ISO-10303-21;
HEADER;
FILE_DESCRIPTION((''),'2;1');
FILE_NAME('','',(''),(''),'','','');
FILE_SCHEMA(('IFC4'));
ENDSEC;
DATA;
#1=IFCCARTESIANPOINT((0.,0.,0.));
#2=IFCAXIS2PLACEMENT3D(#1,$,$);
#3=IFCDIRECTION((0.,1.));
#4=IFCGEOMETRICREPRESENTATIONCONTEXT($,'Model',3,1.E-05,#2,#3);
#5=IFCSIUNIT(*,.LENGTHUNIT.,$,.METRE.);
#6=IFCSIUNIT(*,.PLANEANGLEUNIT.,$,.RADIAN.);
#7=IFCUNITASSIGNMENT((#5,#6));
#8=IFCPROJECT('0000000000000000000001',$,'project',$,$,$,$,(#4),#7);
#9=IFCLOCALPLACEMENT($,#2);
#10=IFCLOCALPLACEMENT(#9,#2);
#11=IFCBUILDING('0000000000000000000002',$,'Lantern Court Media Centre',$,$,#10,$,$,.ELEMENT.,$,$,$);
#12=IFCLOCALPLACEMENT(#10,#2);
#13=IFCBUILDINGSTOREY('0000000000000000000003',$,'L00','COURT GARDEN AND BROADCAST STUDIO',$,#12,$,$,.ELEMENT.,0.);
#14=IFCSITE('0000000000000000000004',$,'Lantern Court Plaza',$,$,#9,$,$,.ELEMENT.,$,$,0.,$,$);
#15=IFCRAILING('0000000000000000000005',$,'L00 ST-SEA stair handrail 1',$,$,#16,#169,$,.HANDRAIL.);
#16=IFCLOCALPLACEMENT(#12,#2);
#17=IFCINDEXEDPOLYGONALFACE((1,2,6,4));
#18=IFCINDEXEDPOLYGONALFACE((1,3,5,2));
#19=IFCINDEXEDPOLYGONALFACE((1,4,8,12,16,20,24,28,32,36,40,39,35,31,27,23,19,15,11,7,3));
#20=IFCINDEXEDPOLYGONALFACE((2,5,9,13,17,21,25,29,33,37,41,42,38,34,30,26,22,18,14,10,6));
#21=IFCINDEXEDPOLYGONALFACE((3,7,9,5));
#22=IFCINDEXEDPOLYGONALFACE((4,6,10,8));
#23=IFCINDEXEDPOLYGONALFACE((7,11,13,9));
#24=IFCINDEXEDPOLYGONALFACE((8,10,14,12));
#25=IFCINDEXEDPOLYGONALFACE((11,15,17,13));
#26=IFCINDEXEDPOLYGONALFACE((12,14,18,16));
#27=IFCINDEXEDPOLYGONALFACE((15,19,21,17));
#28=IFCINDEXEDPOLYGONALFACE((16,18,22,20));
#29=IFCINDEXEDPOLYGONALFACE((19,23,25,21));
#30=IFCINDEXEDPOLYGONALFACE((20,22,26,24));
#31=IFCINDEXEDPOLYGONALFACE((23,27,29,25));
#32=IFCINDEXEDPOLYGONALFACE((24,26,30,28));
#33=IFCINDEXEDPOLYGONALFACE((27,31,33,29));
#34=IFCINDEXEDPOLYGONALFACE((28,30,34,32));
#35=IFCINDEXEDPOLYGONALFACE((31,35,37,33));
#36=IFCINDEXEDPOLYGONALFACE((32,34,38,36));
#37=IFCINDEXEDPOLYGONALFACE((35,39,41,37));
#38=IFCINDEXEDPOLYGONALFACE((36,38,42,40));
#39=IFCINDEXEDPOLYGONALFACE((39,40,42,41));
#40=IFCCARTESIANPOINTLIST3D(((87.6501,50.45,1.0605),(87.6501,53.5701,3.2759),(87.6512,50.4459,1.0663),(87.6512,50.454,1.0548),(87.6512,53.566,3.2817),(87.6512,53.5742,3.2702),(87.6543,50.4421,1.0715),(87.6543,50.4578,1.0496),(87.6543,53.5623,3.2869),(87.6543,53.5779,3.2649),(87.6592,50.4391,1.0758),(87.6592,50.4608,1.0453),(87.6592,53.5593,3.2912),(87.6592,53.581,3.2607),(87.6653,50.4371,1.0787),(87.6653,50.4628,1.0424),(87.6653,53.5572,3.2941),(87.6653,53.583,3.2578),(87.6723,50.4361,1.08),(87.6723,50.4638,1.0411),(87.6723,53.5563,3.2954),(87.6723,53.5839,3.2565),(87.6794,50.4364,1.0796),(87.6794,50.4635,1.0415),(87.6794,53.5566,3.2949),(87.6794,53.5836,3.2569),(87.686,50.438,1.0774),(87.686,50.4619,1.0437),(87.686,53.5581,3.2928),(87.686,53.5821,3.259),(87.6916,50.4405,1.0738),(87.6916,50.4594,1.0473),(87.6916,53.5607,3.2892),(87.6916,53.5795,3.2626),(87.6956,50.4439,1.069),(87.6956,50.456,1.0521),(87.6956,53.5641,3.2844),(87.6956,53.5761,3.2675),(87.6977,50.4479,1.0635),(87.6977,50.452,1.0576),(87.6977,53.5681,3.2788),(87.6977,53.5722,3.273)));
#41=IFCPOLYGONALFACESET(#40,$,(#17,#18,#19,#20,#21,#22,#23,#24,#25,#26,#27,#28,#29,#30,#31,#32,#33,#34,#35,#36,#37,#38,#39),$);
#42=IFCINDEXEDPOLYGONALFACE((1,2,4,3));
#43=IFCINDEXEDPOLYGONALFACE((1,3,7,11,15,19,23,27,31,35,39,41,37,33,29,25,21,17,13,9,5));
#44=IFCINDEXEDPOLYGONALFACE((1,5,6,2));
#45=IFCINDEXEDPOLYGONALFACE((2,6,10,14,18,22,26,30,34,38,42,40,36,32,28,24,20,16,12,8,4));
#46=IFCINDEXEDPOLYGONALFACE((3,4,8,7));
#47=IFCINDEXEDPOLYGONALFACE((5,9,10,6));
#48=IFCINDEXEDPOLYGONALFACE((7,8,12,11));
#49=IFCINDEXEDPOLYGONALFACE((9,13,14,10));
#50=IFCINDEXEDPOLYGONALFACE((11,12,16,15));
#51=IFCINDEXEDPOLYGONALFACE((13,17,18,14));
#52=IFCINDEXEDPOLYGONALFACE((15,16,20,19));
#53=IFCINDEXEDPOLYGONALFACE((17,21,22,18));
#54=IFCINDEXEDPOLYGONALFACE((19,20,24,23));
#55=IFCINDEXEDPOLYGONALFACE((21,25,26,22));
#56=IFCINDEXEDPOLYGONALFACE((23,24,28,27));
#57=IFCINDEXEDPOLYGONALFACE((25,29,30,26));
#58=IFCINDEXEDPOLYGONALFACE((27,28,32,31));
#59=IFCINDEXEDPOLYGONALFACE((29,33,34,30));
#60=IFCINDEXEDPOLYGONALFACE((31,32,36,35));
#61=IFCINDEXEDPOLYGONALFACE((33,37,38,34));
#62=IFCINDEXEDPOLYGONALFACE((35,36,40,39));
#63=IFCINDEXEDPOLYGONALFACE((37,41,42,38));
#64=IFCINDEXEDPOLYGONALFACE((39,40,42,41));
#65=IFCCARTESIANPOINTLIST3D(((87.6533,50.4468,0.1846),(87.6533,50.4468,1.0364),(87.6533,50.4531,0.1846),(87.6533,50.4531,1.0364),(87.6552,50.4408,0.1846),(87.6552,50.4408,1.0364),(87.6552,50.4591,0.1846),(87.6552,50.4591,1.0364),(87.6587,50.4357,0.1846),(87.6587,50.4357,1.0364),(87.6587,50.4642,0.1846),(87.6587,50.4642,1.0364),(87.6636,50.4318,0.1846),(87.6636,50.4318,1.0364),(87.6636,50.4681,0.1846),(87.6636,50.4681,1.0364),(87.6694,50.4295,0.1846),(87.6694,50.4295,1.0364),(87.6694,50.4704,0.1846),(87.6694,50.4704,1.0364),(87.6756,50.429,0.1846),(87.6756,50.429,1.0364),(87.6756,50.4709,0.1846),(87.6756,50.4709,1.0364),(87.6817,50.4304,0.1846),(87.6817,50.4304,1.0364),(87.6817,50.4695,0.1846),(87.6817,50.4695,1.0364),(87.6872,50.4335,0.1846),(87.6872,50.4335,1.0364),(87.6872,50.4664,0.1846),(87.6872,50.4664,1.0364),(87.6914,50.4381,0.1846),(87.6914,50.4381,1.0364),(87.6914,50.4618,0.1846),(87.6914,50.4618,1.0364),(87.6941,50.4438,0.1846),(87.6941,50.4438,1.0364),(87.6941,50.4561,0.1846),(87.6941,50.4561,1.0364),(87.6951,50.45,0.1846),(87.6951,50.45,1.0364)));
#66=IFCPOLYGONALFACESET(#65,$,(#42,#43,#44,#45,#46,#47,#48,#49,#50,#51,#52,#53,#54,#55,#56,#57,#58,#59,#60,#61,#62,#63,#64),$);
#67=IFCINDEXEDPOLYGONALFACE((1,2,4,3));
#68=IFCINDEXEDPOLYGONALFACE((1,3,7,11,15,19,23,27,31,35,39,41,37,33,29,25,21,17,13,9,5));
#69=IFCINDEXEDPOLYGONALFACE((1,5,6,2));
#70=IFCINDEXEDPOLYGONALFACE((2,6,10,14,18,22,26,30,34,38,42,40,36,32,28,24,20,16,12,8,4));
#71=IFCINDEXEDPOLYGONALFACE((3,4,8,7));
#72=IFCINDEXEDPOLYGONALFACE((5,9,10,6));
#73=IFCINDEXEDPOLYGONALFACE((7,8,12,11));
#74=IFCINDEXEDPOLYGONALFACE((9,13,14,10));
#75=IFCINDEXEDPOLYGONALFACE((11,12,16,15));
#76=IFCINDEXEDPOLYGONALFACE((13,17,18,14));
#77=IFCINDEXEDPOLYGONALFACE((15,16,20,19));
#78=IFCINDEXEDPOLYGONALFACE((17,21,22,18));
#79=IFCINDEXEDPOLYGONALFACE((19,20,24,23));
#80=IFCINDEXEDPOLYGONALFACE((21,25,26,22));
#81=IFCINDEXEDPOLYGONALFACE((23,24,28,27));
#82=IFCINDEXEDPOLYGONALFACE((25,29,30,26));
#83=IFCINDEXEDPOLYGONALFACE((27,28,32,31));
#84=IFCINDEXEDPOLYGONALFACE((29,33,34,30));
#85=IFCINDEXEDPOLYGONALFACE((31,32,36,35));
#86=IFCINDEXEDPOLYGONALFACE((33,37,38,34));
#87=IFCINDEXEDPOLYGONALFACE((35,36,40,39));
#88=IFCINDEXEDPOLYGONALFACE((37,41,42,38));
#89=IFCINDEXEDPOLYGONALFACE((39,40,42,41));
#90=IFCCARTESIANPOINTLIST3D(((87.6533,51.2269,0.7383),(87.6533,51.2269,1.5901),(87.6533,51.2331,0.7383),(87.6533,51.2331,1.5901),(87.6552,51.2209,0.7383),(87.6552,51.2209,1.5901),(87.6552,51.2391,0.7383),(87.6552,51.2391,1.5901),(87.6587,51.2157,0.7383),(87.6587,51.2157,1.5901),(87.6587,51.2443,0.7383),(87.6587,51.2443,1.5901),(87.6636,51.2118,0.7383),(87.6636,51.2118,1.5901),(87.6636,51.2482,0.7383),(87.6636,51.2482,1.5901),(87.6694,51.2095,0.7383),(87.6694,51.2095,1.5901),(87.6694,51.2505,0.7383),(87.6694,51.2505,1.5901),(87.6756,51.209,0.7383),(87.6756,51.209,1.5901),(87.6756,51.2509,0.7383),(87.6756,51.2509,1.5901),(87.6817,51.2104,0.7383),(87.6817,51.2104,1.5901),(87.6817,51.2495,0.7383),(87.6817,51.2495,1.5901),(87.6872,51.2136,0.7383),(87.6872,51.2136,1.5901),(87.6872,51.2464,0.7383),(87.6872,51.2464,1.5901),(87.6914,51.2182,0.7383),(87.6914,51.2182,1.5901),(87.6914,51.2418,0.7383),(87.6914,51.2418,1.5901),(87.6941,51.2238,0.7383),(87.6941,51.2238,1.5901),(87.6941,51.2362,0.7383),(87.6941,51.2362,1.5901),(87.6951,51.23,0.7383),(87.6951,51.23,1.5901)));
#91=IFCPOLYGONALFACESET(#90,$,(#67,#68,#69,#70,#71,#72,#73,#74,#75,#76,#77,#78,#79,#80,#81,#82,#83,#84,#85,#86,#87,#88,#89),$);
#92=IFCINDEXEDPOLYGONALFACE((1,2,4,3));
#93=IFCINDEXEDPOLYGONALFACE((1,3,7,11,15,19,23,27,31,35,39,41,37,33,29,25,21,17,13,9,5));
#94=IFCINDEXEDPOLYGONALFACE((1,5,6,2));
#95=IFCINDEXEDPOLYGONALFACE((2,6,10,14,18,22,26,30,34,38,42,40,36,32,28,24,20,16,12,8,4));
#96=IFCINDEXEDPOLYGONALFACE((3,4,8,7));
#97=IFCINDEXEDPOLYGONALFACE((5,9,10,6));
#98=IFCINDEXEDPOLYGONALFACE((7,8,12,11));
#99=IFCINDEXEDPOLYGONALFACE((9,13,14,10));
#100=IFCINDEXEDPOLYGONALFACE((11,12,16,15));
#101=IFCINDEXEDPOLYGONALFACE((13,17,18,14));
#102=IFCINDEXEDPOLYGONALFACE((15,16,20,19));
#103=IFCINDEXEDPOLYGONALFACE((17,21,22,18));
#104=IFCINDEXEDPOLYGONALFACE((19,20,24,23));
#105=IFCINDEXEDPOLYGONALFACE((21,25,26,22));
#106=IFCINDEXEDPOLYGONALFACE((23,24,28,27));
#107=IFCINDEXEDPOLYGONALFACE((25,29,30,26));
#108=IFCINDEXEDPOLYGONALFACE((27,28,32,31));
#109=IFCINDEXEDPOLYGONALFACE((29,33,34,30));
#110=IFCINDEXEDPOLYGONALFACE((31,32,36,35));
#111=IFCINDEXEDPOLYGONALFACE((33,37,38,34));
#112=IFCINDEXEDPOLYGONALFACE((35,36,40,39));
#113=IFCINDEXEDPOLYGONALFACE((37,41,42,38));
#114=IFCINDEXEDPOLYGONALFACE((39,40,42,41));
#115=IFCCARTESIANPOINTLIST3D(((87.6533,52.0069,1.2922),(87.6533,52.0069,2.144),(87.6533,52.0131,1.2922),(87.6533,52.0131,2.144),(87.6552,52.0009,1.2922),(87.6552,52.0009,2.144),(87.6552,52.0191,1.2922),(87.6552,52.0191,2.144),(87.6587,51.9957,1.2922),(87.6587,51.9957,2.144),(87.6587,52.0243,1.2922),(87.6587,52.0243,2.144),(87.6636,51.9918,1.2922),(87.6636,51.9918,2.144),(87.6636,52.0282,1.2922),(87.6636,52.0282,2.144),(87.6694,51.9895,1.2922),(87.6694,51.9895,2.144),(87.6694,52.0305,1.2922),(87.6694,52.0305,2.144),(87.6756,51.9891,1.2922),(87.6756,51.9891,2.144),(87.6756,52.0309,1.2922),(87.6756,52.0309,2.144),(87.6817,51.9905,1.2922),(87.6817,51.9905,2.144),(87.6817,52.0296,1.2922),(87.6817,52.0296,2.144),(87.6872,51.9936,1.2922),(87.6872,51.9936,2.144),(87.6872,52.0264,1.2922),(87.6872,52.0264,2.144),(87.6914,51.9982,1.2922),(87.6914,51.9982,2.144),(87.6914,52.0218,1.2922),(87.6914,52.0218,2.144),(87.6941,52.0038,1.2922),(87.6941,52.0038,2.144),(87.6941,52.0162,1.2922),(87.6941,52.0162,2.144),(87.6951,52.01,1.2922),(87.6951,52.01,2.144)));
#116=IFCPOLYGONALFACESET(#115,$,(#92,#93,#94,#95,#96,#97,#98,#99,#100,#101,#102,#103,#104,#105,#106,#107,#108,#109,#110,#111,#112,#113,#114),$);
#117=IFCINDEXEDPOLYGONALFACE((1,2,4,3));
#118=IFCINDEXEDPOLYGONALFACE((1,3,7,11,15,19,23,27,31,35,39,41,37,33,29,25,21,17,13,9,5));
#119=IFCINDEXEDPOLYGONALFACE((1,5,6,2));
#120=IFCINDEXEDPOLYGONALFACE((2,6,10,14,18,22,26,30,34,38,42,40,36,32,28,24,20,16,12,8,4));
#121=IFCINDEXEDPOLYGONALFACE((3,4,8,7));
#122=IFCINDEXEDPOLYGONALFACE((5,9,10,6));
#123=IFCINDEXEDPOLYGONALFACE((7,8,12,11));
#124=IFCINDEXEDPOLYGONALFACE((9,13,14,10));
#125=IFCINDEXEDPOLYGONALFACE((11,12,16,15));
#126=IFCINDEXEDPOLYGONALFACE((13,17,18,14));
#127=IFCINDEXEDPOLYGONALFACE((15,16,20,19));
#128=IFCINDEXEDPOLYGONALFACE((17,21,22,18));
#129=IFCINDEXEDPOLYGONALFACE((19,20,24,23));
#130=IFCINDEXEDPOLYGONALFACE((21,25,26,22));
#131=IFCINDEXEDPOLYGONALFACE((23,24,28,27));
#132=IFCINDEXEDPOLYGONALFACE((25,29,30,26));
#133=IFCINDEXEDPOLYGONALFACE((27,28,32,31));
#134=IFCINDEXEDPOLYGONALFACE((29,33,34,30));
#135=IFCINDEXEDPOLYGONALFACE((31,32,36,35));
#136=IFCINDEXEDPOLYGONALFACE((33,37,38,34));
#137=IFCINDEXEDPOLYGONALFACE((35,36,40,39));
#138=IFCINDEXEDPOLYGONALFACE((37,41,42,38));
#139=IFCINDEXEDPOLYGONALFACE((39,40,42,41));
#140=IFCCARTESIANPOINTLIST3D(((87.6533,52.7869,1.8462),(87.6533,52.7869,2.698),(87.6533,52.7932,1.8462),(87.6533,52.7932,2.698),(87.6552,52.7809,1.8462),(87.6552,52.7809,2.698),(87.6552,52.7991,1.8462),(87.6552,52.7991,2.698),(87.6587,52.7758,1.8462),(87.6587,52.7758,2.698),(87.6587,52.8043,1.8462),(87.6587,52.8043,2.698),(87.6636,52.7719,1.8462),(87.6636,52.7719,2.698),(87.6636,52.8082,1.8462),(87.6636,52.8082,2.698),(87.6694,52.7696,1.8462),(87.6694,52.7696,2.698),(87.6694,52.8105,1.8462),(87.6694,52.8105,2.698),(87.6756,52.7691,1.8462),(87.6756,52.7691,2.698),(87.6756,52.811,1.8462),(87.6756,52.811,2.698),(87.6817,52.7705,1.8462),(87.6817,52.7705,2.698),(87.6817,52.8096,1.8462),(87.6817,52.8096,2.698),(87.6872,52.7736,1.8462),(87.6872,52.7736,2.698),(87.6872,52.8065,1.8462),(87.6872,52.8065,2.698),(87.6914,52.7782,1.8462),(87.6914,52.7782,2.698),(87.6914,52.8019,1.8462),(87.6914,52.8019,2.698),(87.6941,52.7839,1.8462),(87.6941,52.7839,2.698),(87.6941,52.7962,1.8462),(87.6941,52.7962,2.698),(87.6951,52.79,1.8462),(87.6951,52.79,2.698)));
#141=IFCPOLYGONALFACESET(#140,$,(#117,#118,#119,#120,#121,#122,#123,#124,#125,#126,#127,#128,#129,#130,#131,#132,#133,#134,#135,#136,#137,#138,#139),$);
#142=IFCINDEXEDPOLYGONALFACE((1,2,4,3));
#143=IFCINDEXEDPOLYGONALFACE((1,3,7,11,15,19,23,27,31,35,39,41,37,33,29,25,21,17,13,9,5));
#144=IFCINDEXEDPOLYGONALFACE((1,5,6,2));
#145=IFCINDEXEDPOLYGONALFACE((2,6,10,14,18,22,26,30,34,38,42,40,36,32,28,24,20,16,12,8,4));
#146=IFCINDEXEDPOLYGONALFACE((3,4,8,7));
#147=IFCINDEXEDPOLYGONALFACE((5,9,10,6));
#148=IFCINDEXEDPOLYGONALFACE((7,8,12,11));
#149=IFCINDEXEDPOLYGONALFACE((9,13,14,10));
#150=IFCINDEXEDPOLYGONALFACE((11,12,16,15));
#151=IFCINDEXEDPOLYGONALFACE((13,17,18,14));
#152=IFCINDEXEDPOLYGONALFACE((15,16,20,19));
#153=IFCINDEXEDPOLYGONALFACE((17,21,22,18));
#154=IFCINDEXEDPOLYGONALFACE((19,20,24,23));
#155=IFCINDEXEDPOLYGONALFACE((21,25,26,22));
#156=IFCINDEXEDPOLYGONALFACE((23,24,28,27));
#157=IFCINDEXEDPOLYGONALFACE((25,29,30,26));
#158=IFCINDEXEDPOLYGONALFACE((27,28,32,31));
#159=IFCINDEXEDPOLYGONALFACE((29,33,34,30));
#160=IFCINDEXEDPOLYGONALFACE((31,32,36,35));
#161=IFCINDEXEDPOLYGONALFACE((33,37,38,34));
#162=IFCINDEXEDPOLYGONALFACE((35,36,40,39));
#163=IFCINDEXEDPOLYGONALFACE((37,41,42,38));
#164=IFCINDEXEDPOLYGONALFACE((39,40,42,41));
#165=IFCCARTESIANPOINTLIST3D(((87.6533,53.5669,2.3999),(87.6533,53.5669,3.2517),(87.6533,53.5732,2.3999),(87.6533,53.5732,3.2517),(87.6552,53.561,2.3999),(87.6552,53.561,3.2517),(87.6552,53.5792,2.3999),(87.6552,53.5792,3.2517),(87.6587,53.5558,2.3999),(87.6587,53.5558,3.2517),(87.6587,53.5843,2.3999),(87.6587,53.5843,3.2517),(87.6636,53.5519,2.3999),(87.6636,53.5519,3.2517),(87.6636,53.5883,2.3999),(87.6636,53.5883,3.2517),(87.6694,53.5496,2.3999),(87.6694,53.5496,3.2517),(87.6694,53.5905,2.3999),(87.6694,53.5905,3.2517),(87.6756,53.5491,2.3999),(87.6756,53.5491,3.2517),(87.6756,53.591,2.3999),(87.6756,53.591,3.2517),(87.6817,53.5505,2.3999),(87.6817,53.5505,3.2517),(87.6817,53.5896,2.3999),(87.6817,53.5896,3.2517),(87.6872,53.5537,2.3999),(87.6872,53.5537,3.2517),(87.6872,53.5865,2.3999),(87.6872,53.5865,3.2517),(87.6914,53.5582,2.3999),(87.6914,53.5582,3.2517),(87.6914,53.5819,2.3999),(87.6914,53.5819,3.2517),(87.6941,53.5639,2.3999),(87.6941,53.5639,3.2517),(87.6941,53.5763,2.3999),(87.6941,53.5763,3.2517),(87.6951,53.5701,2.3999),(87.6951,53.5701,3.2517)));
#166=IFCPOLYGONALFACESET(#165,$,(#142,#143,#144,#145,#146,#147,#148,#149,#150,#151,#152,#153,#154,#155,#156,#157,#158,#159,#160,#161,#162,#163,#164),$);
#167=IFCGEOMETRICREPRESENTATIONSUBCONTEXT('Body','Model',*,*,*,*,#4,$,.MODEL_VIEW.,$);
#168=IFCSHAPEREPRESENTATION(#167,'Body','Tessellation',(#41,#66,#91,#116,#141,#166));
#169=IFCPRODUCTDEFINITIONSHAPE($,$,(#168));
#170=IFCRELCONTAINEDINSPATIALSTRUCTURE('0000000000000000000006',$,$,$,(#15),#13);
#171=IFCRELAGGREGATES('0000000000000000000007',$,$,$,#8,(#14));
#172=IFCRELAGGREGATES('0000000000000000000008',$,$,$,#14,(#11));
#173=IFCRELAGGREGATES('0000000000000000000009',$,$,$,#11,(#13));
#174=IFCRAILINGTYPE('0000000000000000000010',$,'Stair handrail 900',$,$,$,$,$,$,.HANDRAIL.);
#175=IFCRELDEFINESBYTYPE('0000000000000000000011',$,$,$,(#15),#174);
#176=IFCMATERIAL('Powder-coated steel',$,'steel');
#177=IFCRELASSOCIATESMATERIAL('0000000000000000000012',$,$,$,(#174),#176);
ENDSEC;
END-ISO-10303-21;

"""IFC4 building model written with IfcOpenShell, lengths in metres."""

from ifc_helpers import new_model, si_unit, direction, frame, origin, origin_2d, place, context, subcontext, project, spatial, circle, extrude, material, type_object, element, save


model = new_model("IFC4")

# Units and contexts
model_context = context("Model", 3, precision=1e-05, world=origin(), true_north=direction((0.0, 1.0)))
body_context = subcontext(model_context, "Body", "Model", "MODEL_VIEW")
ifc_project = project(units=[si_unit("LENGTHUNIT", "METRE"), si_unit("PLANEANGLEUNIT", "RADIAN")], contexts=[model_context])

# Site, building, storey
site_placement = place(None, origin())
site = spatial("IfcSite", under=ifc_project, at=site_placement, Name="Lantern Court Plaza", CompositionType="ELEMENT", RefElevation=0.0)
building_placement = place(site_placement, origin())
building = spatial("IfcBuilding", under=site, at=building_placement, Name="Lantern Court Media Centre", CompositionType="ELEMENT")
storey_placement = place(building_placement, origin())
storey = spatial("IfcBuildingStorey", under=building, at=storey_placement, Name="L00", Description="COURT GARDEN AND BROADCAST STUDIO", CompositionType="ELEMENT", Elevation=0.0)

# Railing
ifc_material_1 = material(Name="Powder-coated steel", Category="steel")
railing_type_1 = type_object("IfcRailingType", Name="Stair handrail 900", PredefinedType="HANDRAIL", material=ifc_material_1)
railing_1_placement = place(storey_placement, frame((87.6741, 50.45, 0.1846)))
element("IfcRailing", 1, at=railing_1_placement, inside=storey, type_object=railing_type_1, Name="L00 ST-SEA stair handrail 1", PredefinedType="HANDRAIL", context=body_context, shape_type="SweptSolid", body=[
    extrude(circle(Radius=0.0239, at=origin_2d()), frame((0.0, 0.0, 0.876), z_axis=(0.0, 0.815377, 0.57893), x_axis=(-1.0, 0.0, 0.0)), (0.0, 0.0, 1.0), 3.8267),
    extrude(circle(Radius=0.021, at=origin_2d()), origin(), (0.0, 0.0, 1.0), 0.8518),
    extrude(circle(Radius=0.021, at=origin_2d()), frame((0.0, 0.78, 0.5537)), (0.0, 0.0, 1.0), 0.8518),
    extrude(circle(Radius=0.021, at=origin_2d()), frame((0.0, 1.5601, 1.1077)), (0.0, 0.0, 1.0), 0.8518),
    extrude(circle(Radius=0.021, at=origin_2d()), frame((0.0, 2.3401, 1.6616)), (0.0, 0.0, 1.0), 0.8518),
    extrude(circle(Radius=0.021, at=origin_2d()), frame((0.0, 3.1201, 2.2153)), (0.0, 0.0, 1.0), 0.8518),
])

save(model, "model.ifc")
